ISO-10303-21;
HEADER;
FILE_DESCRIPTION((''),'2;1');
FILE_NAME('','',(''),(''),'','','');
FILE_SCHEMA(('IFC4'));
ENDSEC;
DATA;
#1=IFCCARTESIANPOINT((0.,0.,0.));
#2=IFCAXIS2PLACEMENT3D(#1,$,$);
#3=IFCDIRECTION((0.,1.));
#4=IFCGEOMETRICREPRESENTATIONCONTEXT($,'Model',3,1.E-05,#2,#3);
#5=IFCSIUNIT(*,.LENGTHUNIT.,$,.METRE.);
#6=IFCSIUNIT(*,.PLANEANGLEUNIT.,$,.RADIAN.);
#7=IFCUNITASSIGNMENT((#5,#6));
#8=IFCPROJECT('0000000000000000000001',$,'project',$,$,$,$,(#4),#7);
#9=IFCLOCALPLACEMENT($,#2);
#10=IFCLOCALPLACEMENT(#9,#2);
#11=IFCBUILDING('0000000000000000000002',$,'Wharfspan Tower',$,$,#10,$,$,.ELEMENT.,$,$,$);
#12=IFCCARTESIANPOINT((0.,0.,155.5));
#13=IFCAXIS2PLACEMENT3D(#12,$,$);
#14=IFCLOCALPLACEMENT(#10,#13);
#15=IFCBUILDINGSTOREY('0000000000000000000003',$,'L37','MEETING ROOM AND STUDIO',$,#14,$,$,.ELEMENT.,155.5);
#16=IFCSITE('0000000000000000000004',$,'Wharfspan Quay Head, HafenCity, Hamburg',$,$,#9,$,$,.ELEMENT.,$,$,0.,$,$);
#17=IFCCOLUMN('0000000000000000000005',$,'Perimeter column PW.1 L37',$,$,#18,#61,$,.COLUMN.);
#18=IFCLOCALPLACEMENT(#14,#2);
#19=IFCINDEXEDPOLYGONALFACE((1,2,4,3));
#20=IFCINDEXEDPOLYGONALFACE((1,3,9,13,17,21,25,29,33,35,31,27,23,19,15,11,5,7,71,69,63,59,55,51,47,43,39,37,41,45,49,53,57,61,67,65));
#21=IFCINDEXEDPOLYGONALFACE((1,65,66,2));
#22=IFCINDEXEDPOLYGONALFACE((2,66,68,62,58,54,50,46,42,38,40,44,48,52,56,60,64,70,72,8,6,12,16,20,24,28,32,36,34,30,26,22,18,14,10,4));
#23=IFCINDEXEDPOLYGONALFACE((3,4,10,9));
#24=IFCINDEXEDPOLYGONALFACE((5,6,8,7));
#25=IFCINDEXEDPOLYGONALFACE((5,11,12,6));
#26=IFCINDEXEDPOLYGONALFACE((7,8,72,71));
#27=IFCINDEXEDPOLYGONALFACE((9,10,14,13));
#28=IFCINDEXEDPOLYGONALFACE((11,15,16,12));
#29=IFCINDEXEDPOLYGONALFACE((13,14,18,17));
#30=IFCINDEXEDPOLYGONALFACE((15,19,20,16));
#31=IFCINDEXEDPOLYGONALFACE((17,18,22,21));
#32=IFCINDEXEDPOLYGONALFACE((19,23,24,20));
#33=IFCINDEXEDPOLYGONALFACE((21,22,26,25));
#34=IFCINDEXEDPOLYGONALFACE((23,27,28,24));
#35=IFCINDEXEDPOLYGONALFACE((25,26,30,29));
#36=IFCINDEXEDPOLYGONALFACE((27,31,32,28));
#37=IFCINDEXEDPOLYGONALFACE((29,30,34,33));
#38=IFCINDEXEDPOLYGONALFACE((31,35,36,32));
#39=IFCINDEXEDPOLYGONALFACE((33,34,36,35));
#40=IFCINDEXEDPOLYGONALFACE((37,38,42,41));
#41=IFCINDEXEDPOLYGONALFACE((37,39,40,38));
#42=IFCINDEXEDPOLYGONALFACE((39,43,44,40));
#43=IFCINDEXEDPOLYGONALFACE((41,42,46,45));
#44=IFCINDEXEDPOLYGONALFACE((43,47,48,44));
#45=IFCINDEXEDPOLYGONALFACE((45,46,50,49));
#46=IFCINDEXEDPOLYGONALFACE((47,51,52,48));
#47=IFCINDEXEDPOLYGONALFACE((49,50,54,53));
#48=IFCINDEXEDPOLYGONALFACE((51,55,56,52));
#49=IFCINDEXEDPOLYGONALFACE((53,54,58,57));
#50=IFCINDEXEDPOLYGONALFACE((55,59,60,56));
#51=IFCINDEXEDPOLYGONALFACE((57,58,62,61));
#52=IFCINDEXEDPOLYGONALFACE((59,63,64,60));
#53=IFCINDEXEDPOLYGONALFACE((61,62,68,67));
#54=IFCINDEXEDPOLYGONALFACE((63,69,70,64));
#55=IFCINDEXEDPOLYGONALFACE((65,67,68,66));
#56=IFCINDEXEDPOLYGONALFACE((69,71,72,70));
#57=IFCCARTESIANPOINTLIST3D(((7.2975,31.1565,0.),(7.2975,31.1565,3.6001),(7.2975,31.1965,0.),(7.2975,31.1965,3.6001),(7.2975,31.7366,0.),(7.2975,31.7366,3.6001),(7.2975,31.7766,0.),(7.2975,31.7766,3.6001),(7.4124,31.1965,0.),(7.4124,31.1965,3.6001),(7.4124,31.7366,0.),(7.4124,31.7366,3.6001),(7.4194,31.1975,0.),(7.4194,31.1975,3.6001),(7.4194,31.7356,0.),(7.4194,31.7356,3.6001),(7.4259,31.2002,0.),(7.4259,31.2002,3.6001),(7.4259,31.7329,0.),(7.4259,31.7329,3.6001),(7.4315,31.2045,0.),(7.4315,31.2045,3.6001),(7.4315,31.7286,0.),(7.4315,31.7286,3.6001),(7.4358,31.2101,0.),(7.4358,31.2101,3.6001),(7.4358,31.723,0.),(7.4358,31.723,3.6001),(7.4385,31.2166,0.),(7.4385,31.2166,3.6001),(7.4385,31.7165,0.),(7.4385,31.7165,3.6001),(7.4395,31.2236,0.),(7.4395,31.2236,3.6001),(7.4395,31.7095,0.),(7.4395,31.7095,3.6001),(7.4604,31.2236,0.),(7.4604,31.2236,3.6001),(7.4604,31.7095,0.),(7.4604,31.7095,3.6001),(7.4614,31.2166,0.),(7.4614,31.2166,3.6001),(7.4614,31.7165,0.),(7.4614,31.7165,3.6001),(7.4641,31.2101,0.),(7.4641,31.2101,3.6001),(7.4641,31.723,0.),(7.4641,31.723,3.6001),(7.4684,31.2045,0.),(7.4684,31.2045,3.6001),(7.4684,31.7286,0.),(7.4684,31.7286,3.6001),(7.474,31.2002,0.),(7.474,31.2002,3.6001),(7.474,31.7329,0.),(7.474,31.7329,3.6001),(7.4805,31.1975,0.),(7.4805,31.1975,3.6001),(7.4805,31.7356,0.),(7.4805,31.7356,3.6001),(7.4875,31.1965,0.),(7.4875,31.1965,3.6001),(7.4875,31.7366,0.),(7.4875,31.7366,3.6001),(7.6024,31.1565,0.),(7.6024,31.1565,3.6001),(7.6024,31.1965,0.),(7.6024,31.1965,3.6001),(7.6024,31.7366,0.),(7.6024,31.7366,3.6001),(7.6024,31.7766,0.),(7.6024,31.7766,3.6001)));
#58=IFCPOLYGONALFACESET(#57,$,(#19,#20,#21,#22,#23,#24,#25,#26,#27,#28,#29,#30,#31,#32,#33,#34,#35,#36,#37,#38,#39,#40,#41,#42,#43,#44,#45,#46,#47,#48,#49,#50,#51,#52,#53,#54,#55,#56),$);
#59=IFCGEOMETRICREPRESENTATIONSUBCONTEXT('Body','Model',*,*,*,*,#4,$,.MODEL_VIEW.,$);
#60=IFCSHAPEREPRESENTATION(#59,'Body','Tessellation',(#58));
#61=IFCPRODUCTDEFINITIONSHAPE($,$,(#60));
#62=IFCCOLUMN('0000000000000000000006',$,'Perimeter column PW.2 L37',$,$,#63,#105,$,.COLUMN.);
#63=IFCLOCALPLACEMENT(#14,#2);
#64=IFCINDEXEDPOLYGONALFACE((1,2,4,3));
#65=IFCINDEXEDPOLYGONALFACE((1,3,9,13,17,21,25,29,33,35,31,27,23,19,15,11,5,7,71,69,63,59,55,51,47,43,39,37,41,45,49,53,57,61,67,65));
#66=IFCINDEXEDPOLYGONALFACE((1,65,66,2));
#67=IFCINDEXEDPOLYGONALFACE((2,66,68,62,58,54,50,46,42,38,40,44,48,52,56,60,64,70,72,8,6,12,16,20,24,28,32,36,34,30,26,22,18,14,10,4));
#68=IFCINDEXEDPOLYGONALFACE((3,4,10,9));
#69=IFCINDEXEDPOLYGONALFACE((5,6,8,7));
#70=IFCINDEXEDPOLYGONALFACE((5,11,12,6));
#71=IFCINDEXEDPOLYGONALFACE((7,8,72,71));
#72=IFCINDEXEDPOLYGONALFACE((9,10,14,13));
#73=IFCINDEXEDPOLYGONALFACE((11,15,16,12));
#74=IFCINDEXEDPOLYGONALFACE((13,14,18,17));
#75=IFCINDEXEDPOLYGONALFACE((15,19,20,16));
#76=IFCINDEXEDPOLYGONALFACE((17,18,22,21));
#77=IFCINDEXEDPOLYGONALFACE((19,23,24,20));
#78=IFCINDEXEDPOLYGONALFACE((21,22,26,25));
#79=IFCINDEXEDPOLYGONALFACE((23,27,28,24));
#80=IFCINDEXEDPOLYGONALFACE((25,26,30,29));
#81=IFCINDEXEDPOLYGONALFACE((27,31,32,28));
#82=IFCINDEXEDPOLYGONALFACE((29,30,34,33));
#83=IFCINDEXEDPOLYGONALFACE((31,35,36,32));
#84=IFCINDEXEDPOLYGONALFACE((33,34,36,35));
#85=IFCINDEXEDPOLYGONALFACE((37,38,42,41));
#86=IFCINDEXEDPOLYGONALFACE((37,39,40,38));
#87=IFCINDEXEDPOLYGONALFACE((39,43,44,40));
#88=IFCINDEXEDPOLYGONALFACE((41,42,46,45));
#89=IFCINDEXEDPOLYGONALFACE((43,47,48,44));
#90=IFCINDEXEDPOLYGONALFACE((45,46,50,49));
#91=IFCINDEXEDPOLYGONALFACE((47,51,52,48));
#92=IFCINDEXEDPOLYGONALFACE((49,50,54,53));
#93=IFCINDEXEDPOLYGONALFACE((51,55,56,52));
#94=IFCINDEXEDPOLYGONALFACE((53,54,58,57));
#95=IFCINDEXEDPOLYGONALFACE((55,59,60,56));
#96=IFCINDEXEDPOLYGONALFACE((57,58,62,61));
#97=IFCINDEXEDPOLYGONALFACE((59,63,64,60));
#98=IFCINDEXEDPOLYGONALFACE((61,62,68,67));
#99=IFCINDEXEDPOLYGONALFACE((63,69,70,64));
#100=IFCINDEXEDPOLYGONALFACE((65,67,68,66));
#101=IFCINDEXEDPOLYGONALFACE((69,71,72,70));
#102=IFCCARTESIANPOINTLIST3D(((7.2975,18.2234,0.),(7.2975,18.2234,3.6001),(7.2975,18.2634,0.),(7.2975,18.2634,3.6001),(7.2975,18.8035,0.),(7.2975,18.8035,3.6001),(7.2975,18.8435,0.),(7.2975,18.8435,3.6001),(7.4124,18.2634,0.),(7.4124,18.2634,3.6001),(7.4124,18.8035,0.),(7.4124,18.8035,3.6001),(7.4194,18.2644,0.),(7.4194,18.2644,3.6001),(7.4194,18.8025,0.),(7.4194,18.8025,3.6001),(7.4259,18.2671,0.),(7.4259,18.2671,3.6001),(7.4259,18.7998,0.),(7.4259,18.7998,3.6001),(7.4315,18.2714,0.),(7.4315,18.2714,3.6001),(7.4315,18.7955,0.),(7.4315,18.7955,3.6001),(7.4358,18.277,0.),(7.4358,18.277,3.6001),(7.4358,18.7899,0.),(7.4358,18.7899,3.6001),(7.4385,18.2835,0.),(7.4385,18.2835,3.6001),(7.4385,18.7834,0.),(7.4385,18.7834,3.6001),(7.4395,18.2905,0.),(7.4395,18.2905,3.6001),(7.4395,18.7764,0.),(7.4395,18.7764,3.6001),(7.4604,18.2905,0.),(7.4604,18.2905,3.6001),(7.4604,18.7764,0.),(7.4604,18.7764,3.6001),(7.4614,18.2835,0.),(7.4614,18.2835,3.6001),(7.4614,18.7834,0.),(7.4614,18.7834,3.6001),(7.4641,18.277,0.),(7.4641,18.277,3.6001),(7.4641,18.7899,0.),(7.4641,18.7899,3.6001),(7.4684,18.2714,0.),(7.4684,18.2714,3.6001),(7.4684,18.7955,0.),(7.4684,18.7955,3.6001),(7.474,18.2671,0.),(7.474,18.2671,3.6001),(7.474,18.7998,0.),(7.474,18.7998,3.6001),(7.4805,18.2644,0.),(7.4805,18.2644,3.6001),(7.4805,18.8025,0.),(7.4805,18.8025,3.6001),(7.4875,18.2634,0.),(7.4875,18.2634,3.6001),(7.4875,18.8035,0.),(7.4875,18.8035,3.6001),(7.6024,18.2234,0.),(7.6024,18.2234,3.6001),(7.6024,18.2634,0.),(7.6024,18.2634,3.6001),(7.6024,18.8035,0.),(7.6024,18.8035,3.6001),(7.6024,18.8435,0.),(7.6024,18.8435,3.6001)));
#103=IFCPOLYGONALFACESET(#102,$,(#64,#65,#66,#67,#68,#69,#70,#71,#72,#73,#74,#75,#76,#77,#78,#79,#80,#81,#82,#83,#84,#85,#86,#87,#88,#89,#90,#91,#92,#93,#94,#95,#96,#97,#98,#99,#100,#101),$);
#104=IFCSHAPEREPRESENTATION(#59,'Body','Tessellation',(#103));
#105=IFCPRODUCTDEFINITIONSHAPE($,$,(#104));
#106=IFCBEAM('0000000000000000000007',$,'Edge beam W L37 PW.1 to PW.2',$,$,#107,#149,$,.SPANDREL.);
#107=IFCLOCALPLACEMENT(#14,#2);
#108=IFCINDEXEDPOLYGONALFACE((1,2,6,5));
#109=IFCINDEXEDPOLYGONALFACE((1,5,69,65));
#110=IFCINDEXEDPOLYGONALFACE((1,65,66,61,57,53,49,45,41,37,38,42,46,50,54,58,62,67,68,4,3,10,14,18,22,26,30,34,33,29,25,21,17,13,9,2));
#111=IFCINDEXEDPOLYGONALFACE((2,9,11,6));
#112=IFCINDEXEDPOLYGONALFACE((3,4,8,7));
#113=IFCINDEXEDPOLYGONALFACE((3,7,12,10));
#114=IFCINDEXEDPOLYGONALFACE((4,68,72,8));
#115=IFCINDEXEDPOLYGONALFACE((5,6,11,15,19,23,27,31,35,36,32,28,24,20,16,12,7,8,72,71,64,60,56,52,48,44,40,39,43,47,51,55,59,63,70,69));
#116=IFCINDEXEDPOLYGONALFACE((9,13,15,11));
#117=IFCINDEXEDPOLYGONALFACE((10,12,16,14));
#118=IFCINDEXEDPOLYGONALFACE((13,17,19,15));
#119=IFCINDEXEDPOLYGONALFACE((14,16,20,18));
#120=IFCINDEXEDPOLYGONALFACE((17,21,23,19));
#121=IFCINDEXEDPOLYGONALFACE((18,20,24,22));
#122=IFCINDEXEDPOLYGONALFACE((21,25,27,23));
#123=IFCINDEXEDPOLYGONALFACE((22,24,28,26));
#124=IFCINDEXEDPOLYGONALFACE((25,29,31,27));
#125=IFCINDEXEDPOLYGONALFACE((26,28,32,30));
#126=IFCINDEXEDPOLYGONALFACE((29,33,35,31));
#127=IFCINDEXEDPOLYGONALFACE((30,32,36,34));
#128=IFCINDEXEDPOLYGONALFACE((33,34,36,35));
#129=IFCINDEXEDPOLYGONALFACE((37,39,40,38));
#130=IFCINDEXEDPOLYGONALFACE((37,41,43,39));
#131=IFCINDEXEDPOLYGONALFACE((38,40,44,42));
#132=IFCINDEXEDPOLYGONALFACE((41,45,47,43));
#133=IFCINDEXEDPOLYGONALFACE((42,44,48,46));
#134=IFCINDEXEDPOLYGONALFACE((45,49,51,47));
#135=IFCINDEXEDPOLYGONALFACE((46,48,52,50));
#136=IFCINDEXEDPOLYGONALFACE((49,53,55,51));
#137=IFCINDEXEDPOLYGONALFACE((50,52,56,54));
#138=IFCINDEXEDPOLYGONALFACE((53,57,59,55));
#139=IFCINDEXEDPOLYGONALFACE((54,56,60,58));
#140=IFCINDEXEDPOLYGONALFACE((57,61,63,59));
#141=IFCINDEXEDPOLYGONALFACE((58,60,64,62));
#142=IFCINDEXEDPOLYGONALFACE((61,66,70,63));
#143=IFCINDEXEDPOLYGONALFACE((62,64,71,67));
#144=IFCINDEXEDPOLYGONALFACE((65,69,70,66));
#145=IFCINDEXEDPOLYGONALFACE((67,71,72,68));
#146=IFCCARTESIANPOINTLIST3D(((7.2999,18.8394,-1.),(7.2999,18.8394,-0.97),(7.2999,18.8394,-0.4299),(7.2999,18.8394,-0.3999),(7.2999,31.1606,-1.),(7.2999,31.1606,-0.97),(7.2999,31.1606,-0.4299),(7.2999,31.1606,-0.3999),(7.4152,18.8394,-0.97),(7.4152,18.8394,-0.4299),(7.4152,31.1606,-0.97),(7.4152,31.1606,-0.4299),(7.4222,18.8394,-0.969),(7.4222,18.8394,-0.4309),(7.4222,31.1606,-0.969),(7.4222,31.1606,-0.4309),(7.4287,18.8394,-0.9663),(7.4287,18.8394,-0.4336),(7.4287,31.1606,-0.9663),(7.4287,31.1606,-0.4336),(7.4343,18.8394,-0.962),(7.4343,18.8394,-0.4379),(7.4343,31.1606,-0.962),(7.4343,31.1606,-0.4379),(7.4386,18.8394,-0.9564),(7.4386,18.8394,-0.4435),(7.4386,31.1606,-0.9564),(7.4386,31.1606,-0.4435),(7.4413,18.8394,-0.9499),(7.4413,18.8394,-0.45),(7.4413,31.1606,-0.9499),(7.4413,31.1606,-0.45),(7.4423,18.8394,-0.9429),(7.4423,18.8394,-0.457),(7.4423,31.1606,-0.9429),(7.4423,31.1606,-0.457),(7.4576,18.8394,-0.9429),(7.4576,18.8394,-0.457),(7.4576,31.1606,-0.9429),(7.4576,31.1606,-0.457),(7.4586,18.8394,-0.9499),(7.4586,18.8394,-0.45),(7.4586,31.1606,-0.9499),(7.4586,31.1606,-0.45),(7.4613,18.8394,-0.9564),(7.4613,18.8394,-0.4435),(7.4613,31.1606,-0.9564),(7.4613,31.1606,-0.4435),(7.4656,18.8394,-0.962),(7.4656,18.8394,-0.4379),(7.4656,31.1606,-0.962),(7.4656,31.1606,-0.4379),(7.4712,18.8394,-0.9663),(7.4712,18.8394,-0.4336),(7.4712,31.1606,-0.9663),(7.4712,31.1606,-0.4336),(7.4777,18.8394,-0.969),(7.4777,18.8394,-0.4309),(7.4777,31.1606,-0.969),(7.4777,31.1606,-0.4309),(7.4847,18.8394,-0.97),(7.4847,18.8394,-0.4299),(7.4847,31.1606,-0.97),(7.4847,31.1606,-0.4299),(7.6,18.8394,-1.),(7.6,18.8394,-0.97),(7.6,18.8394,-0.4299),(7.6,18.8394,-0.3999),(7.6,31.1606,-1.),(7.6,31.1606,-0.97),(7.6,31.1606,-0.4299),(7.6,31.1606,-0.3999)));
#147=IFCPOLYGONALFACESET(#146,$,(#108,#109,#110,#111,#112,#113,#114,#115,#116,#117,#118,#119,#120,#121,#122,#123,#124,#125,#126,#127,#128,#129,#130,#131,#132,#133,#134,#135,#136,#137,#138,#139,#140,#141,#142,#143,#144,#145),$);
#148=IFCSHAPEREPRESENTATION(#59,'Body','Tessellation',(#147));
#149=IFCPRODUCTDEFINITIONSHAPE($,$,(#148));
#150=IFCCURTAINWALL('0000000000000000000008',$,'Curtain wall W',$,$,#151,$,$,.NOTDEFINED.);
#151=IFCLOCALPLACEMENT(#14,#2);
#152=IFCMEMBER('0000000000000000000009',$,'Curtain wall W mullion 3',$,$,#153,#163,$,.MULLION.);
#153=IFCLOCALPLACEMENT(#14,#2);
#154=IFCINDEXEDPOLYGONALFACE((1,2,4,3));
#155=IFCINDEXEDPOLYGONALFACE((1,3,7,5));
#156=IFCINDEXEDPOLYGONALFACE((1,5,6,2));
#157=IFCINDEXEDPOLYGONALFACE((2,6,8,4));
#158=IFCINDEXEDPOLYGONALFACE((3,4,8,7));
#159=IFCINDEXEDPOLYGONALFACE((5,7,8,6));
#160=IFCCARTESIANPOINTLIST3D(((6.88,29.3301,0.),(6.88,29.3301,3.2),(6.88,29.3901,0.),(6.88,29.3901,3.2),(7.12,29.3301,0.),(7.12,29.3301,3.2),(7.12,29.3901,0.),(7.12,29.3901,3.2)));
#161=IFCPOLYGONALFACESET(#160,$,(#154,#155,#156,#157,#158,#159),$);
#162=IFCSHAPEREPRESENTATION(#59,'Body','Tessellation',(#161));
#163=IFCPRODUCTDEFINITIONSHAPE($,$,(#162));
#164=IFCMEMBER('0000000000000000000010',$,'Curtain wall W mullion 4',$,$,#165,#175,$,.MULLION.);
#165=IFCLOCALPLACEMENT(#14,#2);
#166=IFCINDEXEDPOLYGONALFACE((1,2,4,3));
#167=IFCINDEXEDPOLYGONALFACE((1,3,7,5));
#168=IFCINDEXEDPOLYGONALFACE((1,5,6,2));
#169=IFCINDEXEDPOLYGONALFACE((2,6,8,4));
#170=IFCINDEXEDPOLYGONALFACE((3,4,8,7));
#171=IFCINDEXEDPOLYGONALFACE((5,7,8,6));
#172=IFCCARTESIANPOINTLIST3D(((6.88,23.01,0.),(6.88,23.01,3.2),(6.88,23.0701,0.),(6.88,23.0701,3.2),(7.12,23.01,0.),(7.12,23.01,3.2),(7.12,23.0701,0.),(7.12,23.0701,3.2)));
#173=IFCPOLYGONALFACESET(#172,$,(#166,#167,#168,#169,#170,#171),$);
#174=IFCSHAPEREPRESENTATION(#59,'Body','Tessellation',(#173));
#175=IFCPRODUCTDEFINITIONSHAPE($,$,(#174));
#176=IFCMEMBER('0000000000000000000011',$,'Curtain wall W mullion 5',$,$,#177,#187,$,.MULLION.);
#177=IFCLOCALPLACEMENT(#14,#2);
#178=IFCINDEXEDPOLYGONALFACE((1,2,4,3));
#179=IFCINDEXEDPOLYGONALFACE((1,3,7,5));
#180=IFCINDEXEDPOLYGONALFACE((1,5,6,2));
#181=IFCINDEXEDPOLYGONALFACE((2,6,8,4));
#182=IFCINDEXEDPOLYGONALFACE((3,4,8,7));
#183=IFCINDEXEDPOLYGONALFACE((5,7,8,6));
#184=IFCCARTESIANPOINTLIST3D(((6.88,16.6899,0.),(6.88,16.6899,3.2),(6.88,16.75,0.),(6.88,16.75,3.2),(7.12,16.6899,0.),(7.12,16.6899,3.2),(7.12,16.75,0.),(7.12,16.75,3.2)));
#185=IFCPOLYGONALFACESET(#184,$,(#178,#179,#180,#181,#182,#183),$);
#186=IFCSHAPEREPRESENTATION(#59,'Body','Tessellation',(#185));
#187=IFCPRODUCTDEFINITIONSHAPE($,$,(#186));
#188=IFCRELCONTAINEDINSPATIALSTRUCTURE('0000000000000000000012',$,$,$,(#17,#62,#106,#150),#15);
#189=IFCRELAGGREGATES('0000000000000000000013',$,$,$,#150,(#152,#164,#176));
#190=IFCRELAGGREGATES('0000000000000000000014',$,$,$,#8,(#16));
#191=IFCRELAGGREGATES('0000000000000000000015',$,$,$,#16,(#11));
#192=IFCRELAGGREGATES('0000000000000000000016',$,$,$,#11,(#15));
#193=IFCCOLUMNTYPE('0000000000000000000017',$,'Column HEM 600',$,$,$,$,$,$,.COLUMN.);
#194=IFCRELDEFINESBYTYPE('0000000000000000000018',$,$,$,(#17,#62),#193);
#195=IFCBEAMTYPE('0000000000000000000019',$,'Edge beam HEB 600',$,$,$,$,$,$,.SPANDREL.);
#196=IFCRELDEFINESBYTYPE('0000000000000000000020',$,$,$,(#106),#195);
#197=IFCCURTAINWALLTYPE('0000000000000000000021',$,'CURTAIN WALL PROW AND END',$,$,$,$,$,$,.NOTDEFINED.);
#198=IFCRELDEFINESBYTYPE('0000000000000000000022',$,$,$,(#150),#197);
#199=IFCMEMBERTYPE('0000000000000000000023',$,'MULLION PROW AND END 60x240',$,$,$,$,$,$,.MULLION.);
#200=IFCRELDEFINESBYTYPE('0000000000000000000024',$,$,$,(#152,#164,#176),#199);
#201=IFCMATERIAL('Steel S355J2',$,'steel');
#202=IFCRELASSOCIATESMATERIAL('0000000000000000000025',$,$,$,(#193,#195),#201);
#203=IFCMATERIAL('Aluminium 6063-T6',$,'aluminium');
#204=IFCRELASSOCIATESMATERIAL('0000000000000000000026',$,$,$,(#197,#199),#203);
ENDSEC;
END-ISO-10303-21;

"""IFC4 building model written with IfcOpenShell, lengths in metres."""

from ifc_helpers import new_model, si_unit, direction, frame, origin, origin_2d, place, context, subcontext, project, spatial, rectangle, i_section, extrude, material, material_profile, profile_set, type_object, element, aggregate, save


model = new_model("IFC4")

# Units and contexts
model_context = context("Model", 3, precision=1e-05, world=origin(), true_north=direction((0.0, 1.0)))
body_context = subcontext(model_context, "Body", "Model", "MODEL_VIEW")
ifc_project = project(units=[si_unit("LENGTHUNIT", "METRE"), si_unit("PLANEANGLEUNIT", "RADIAN")], contexts=[model_context])

# Site, building, storey
site_placement = place(None, origin())
site = spatial("IfcSite", under=ifc_project, at=site_placement, Name="Wharfspan Quay Head, HafenCity, Hamburg", CompositionType="ELEMENT", RefElevation=0.0)
building_placement = place(site_placement, origin())
building = spatial("IfcBuilding", under=site, at=building_placement, Name="Wharfspan Tower", CompositionType="ELEMENT")
storey_placement = place(building_placement, frame((0.0, 0.0, 155.5)))
storey = spatial("IfcBuildingStorey", under=building, at=storey_placement, Name="L37", Description="MEETING ROOM AND STUDIO", CompositionType="ELEMENT", Elevation=155.5)

# Columns
ifc_material_1 = material(Name="Steel S355J2", Category="steel")
ifc_material_profile_1 = material_profile(ifc_material_1, i_section(OverallWidth=0.3049, OverallDepth=0.6201, WebThickness=0.021, FlangeThickness=0.04, FilletRadius=0.0271, at=origin_2d()))
ifc_profile_set_1 = profile_set([ifc_material_profile_1], Name="Steel S355J2")
column_type = type_object("IfcColumnType", Name="Column HEM 600", PredefinedType="COLUMN", material=ifc_profile_set_1)
for number, where, z_axis, x_axis, name in (
    (1, (7.45, 31.4666, 0.0), (0.0, 0.0, 1.0), (-1.0, 0.0, 0.0), "Perimeter column PW.1 L37"),
    (2, (7.45, 18.5334, 0.0), (0.0, 0.0, 1.0), (-1.0, 0.0, 0.0), "Perimeter column PW.2 L37"),
):
    element("IfcColumn", number, at=place(storey_placement, frame(where, z_axis=z_axis, x_axis=x_axis)), inside=storey, type_object=column_type, Name=name, PredefinedType="COLUMN", context=body_context, shape_type="SweptSolid", body=[
        extrude(i_section(OverallWidth=0.3049, OverallDepth=0.6201, WebThickness=0.021, FlangeThickness=0.04, FilletRadius=0.0271, at=origin_2d()), origin(), (0.0, 0.0, 1.0), 3.6001),
    ])

# Beam
ifc_material_profile_2 = material_profile(ifc_material_1, i_section(OverallWidth=0.3, OverallDepth=0.6001, WebThickness=0.0154, FlangeThickness=0.03, FilletRadius=0.0271, at=origin_2d()))
ifc_profile_set_2 = profile_set([ifc_material_profile_2], Name="Steel S355J2")
beam_type = type_object("IfcBeamType", Name="Edge beam HEB 600", PredefinedType="SPANDREL", material=ifc_profile_set_2)
beam_placement = place(storey_placement, frame((7.45, 31.1606, -0.7), z_axis=(0.0, -1.0, 0.0), x_axis=(1.0, 0.0, 0.0)))
element("IfcBeam", 3, at=beam_placement, inside=storey, type_object=beam_type, Name="Edge beam W L37 PW.1 to PW.2", PredefinedType="SPANDREL", context=body_context, shape_type="SweptSolid", body=[
    extrude(i_section(OverallWidth=0.3, OverallDepth=0.6001, WebThickness=0.0154, FlangeThickness=0.03, FilletRadius=0.0271, at=origin_2d()), origin(), (0.0, 0.0, 1.0), 12.3213),
])

# Curtain wall, members
ifc_material_2 = material(Name="Aluminium 6063-T6", Category="aluminium")
curtain_wall_type = type_object("IfcCurtainWallType", Name="CURTAIN WALL PROW AND END", PredefinedType="NOTDEFINED", material=ifc_material_2)
curtain_wall_placement = place(storey_placement, origin())
curtain_wall = element("IfcCurtainWall", 4, at=curtain_wall_placement, inside=storey, type_object=curtain_wall_type, Name="Curtain wall W", PredefinedType="NOTDEFINED")
ifc_material_profile_3 = material_profile(ifc_material_2, rectangle(XDim=0.24, YDim=0.0601, at=origin_2d()))
ifc_profile_set_3 = profile_set([ifc_material_profile_3], Name="Aluminium 6063-T6")
member_type_1 = type_object("IfcMemberType", Name="MULLION PROW AND END 60x240", PredefinedType="MULLION", material=ifc_profile_set_3)
member_1_placement = place(storey_placement, frame((7.0, 29.3601, 0.0), z_axis=(0.0, 0.0, 1.0), x_axis=(1.0, 0.0, 0.0)))
member_1 = element("IfcMember", 5, at=member_1_placement, type_object=member_type_1, Name="Curtain wall W mullion 3", PredefinedType="MULLION", context=body_context, shape_type="SweptSolid", body=[
    extrude(rectangle(XDim=0.24, YDim=0.0601, at=origin_2d()), origin(), (0.0, 0.0, 1.0), 3.2),
])
member_2_placement = place(storey_placement, frame((7.0, 23.04, 0.0), z_axis=(0.0, 0.0, 1.0), x_axis=(1.0, 0.0, 0.0)))
member_2 = element("IfcMember", 6, at=member_2_placement, type_object=member_type_1, Name="Curtain wall W mullion 4", PredefinedType="MULLION", context=body_context, shape_type="SweptSolid", body=[
    extrude(rectangle(XDim=0.24, YDim=0.0601, at=origin_2d()), origin(), (0.0, 0.0, 1.0), 3.2),
])
member_3_placement = place(storey_placement, frame((7.0, 16.72, 0.0), z_axis=(0.0, 0.0, 1.0), x_axis=(1.0, 0.0, 0.0)))
member_3 = element("IfcMember", 7, at=member_3_placement, type_object=member_type_1, Name="Curtain wall W mullion 5", PredefinedType="MULLION", context=body_context, shape_type="SweptSolid", body=[
    extrude(rectangle(XDim=0.24, YDim=0.0601, at=origin_2d()), origin(), (0.0, 0.0, 1.0), 3.2),
])

aggregate(curtain_wall, [member_1, member_2, member_3])

save(model, "model.ifc")
